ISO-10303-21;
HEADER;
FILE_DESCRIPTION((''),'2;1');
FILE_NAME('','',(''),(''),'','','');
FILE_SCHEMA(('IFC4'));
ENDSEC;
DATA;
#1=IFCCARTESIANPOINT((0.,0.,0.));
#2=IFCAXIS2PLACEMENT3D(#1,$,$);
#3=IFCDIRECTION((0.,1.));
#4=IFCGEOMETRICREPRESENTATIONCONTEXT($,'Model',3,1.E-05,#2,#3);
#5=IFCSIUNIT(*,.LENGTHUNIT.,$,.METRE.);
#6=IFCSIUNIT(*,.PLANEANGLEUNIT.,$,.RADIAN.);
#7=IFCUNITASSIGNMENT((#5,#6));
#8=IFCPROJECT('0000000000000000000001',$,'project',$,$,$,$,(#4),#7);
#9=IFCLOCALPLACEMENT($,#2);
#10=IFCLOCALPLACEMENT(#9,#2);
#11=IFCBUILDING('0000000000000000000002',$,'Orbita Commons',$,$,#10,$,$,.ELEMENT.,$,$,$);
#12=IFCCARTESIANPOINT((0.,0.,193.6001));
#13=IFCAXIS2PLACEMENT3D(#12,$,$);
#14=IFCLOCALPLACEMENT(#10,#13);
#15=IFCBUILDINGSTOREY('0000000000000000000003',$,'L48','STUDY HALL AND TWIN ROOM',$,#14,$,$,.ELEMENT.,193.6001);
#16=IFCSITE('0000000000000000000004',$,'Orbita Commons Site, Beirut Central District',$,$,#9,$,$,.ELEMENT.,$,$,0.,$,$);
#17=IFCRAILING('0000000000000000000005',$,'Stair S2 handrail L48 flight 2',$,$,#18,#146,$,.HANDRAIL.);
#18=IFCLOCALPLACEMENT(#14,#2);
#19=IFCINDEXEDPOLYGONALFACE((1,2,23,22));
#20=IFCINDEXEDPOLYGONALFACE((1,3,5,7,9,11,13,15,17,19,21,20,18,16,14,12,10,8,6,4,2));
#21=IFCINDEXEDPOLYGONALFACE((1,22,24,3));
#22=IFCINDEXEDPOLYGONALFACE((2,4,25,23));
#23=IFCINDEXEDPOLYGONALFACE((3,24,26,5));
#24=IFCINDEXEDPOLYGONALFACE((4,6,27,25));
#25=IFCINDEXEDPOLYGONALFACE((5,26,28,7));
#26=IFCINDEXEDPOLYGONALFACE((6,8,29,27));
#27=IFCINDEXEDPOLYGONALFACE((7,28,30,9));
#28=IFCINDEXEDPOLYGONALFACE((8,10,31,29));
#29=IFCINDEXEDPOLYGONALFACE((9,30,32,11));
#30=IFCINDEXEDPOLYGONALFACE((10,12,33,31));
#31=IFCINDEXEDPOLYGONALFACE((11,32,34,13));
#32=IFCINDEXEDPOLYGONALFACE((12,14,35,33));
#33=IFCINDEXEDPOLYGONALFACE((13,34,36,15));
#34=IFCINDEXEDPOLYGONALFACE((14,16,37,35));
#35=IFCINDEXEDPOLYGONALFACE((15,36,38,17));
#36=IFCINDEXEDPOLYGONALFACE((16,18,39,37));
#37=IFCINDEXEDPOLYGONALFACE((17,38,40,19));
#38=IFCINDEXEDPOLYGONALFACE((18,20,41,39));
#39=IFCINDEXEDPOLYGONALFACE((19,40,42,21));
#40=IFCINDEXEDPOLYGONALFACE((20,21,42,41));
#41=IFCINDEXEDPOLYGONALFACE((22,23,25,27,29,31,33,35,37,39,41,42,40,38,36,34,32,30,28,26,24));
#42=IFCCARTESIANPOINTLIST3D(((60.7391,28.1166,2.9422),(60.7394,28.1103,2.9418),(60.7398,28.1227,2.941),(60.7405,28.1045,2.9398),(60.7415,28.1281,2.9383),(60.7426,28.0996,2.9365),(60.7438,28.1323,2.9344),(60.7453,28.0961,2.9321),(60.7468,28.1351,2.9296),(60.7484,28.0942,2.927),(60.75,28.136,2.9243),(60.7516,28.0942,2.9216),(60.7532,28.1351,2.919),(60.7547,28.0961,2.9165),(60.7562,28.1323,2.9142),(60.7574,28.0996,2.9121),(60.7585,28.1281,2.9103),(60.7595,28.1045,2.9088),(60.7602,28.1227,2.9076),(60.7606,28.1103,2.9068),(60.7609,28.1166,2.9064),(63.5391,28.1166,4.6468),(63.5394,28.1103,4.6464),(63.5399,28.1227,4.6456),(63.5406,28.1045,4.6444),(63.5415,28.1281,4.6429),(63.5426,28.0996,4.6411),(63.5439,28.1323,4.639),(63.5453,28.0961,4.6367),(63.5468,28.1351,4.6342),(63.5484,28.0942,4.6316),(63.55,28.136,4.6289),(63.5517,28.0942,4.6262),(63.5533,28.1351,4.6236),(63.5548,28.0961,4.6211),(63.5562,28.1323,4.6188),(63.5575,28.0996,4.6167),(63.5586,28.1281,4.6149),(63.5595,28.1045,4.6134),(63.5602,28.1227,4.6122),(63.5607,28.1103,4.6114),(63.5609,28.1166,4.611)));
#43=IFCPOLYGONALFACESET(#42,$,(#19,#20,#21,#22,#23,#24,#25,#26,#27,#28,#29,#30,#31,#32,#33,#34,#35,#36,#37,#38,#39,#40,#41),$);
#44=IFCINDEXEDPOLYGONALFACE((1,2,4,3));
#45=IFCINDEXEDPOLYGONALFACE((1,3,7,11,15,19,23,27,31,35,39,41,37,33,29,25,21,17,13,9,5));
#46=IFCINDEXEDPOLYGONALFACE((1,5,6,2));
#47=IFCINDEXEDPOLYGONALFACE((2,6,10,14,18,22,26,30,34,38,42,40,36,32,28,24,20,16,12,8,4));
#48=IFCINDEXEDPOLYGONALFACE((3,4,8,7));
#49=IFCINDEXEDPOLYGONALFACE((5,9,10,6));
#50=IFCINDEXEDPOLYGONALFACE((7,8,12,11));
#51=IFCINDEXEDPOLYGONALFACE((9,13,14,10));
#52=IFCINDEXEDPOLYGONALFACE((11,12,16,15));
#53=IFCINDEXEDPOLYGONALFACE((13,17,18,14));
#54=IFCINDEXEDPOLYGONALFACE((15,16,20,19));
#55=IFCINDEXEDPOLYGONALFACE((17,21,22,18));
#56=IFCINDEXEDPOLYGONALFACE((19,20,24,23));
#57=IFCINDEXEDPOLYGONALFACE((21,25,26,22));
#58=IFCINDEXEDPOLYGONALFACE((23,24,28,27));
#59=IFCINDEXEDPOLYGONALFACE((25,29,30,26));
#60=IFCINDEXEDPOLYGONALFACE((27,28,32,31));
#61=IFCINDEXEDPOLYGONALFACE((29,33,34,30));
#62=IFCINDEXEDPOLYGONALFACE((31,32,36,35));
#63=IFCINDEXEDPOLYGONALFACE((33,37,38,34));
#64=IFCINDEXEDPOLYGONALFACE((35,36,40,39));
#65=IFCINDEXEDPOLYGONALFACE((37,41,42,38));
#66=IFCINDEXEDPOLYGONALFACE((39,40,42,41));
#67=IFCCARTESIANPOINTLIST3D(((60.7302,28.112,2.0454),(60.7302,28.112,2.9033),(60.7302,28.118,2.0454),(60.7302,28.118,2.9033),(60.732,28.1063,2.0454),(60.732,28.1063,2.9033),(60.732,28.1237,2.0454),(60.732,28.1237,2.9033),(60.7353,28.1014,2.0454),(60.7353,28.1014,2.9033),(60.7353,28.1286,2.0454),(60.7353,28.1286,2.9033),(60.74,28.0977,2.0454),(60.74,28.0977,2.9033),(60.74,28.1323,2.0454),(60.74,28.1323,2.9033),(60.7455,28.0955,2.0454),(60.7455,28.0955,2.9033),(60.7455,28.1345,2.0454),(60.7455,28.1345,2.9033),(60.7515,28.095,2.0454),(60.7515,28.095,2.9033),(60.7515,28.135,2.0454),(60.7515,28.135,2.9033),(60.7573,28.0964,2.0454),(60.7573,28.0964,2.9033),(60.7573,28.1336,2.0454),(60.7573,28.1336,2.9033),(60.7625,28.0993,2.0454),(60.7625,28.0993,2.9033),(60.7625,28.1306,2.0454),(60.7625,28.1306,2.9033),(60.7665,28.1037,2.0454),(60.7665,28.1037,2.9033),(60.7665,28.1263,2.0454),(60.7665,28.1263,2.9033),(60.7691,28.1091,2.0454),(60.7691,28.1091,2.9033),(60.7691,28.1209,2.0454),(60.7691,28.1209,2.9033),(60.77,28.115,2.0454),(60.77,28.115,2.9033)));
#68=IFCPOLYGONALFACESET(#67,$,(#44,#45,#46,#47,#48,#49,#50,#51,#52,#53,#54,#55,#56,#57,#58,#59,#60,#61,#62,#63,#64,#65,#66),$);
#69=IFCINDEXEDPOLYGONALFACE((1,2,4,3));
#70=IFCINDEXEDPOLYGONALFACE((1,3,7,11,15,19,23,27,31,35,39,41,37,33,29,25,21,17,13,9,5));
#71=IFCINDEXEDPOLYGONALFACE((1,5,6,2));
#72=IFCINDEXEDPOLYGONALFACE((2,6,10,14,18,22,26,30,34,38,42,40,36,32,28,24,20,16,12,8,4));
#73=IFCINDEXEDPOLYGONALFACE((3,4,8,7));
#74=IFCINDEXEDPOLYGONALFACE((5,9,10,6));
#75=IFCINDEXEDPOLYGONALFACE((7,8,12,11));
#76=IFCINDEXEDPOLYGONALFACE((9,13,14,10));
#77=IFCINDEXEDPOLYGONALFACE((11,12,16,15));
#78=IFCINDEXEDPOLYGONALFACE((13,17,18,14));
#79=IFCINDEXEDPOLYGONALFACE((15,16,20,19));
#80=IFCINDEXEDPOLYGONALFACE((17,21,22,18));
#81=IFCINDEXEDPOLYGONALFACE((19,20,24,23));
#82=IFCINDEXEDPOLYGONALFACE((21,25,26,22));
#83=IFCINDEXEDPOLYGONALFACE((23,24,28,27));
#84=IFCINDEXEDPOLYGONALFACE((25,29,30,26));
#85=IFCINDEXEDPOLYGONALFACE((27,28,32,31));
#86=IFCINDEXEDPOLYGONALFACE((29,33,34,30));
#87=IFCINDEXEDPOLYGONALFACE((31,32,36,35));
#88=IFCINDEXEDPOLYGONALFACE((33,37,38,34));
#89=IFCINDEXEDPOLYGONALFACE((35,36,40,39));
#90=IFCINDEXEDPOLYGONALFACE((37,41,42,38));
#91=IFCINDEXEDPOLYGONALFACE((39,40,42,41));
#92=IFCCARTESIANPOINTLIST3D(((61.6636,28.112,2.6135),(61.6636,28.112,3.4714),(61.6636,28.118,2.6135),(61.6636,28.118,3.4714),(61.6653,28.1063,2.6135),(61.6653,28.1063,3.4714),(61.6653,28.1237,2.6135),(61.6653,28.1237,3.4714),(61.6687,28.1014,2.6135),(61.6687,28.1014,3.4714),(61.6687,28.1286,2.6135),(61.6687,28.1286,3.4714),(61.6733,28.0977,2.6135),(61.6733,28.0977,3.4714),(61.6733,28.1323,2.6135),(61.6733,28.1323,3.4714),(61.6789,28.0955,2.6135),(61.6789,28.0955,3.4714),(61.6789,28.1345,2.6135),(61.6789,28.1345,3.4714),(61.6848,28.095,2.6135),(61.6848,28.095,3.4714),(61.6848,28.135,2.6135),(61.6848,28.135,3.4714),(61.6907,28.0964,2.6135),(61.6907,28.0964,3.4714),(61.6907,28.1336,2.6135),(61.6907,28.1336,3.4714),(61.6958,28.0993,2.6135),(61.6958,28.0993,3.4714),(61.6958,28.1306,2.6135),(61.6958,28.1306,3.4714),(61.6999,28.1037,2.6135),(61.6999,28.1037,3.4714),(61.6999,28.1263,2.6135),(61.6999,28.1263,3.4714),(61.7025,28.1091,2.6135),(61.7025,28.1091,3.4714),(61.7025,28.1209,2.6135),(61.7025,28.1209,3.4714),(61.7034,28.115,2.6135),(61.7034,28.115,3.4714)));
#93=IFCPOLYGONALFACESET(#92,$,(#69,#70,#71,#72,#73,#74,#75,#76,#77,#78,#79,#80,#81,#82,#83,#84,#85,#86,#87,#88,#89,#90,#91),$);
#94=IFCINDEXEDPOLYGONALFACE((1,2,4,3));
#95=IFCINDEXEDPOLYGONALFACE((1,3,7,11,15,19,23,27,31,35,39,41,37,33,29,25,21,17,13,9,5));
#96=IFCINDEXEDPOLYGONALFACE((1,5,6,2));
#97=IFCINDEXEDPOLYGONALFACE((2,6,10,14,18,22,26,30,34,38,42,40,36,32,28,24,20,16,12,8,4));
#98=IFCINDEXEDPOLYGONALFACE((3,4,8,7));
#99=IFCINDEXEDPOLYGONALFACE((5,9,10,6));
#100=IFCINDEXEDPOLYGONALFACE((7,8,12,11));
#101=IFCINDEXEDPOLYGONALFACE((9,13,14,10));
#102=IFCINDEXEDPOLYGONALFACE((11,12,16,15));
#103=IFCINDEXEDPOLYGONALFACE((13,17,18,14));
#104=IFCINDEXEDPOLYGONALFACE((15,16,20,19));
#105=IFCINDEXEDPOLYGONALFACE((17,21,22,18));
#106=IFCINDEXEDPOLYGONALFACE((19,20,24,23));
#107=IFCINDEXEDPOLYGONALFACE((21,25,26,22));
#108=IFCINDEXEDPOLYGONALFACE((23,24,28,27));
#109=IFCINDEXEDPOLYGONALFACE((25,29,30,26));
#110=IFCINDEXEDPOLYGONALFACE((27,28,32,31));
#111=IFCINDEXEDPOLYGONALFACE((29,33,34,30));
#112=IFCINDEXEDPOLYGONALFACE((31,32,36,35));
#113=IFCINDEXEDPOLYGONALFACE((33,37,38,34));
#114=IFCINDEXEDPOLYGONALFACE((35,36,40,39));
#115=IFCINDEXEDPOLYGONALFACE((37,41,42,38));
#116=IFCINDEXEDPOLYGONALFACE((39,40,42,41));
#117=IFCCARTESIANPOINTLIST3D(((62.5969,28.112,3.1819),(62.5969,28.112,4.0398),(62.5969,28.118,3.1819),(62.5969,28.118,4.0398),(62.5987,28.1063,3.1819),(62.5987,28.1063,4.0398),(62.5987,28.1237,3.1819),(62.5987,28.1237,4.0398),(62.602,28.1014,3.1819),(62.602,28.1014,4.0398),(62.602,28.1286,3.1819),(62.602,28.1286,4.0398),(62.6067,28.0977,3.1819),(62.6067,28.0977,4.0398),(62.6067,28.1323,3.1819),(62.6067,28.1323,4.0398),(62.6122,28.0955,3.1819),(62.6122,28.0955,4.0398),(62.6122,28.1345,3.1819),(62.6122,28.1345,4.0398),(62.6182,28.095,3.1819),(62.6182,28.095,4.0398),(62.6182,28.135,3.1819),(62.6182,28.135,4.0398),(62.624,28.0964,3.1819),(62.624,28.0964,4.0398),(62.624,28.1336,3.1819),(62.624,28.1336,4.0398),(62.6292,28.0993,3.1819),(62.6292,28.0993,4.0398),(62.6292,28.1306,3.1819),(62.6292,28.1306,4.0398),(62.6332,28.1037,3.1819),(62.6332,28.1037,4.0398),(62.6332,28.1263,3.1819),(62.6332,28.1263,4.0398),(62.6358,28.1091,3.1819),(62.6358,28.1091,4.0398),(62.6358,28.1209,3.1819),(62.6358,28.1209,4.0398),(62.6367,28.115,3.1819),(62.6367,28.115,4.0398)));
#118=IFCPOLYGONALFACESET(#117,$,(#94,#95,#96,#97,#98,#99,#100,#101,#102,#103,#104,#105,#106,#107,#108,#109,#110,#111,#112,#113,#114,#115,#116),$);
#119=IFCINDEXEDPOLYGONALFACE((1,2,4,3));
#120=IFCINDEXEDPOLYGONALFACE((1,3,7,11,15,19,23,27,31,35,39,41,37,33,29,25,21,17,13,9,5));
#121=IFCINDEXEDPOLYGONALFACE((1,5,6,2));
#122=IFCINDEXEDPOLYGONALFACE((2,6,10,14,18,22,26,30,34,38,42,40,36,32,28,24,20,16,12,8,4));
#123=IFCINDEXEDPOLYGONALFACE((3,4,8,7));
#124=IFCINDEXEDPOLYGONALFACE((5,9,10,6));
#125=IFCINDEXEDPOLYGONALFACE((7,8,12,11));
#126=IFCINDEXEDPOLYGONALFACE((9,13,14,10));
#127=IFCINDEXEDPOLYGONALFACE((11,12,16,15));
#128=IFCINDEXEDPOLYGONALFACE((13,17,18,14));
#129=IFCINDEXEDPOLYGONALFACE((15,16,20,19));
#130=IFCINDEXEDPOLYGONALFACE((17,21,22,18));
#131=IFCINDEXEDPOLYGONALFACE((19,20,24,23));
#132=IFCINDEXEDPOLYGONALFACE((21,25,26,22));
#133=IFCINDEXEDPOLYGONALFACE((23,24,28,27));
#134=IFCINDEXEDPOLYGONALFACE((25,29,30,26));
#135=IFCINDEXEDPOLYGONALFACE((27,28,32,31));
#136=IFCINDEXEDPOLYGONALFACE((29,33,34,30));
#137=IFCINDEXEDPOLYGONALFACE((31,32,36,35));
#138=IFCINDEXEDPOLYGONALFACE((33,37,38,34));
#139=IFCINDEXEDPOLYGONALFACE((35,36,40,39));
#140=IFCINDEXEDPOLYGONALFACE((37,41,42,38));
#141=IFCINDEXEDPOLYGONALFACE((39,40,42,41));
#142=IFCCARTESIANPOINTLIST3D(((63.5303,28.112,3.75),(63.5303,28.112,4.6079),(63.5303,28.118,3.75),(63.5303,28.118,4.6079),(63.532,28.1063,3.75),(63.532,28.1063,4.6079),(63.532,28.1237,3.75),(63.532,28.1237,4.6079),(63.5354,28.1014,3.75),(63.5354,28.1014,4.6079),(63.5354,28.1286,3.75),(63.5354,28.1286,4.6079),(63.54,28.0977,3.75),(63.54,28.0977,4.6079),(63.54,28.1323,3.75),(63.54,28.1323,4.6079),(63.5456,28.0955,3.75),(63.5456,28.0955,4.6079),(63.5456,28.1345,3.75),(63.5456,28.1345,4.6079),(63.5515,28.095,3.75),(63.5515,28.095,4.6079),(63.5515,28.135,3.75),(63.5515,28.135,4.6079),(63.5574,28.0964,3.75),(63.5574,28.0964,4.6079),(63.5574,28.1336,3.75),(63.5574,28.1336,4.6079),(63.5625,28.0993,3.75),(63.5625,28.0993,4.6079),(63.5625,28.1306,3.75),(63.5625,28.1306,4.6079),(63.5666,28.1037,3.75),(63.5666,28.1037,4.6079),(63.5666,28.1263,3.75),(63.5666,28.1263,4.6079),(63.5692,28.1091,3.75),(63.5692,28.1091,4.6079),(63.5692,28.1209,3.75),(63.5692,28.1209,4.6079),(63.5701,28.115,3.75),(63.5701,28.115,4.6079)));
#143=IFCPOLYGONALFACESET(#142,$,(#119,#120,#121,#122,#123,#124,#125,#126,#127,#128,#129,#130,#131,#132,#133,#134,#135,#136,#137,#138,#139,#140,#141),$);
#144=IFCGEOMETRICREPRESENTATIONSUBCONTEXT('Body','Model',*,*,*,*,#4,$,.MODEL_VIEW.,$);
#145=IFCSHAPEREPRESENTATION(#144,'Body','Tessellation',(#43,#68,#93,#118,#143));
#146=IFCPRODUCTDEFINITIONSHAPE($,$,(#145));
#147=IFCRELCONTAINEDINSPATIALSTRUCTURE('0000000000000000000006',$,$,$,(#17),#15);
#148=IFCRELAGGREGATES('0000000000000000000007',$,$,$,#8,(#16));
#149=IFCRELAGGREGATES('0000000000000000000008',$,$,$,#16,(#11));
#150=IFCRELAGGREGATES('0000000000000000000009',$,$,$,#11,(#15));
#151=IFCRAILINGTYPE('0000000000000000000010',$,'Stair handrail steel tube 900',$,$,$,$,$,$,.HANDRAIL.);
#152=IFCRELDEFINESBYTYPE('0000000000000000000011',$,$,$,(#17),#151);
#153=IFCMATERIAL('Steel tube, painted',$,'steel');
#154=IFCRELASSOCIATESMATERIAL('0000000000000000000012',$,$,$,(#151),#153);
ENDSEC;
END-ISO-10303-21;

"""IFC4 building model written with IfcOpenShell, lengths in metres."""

from ifc_helpers import new_model, si_unit, direction, frame, origin, origin_2d, place, context, subcontext, project, spatial, circle, extrude, material, type_object, element, save


model = new_model("IFC4")

# Units and contexts
model_context = context("Model", 3, precision=1e-05, world=origin(), true_north=direction((0.0, 1.0)))
body_context = subcontext(model_context, "Body", "Model", "MODEL_VIEW")
ifc_project = project(units=[si_unit("LENGTHUNIT", "METRE"), si_unit("PLANEANGLEUNIT", "RADIAN")], contexts=[model_context])

# Site, building, storey
site_placement = place(None, origin())
site = spatial("IfcSite", under=ifc_project, at=site_placement, Name="Orbita Commons Site, Beirut Central District", CompositionType="ELEMENT", RefElevation=0.0)
building_placement = place(site_placement, origin())
building = spatial("IfcBuilding", under=site, at=building_placement, Name="Orbita Commons", CompositionType="ELEMENT")
storey_placement = place(building_placement, frame((0.0, 0.0, 193.6001)))
storey = spatial("IfcBuildingStorey", under=building, at=storey_placement, Name="L48", Description="STUDY HALL AND TWIN ROOM", CompositionType="ELEMENT", Elevation=193.6001)

# Railing
ifc_material_1 = material(Name="Steel tube, painted", Category="steel")
railing_type = type_object("IfcRailingType", Name="Stair handrail steel tube 900", PredefinedType="HANDRAIL", material=ifc_material_1)
for number, where, name in (
    (1, (60.75, 28.115, 2.0454), "Stair S2 handrail L48 flight 2"),
):
    element("IfcRailing", number, at=place(storey_placement, frame(where)), inside=storey, type_object=railing_type, Name=name, PredefinedType="HANDRAIL", context=body_context, shape_type="SweptSolid", body=[
        extrude(circle(Radius=0.021, at=origin_2d()), frame((0.0, 0.0, 0.8789), z_axis=(0.85417, 0.0, 0.519994), x_axis=(0.0, 1.0, 0.0)), (0.0, 0.0, 1.0), 3.2781),
        extrude(circle(Radius=0.02, at=origin_2d()), origin(), (0.0, 0.0, 1.0), 0.8579),
        extrude(circle(Radius=0.02, at=origin_2d()), frame((0.9333, 0.0, 0.5681)), (0.0, 0.0, 1.0), 0.8579),
        extrude(circle(Radius=0.02, at=origin_2d()), frame((1.8667, 0.0, 1.1365)), (0.0, 0.0, 1.0), 0.8579),
        extrude(circle(Radius=0.02, at=origin_2d()), frame((2.8, 0.0, 1.7046)), (0.0, 0.0, 1.0), 0.8579),
    ])

save(model, "model.ifc")
